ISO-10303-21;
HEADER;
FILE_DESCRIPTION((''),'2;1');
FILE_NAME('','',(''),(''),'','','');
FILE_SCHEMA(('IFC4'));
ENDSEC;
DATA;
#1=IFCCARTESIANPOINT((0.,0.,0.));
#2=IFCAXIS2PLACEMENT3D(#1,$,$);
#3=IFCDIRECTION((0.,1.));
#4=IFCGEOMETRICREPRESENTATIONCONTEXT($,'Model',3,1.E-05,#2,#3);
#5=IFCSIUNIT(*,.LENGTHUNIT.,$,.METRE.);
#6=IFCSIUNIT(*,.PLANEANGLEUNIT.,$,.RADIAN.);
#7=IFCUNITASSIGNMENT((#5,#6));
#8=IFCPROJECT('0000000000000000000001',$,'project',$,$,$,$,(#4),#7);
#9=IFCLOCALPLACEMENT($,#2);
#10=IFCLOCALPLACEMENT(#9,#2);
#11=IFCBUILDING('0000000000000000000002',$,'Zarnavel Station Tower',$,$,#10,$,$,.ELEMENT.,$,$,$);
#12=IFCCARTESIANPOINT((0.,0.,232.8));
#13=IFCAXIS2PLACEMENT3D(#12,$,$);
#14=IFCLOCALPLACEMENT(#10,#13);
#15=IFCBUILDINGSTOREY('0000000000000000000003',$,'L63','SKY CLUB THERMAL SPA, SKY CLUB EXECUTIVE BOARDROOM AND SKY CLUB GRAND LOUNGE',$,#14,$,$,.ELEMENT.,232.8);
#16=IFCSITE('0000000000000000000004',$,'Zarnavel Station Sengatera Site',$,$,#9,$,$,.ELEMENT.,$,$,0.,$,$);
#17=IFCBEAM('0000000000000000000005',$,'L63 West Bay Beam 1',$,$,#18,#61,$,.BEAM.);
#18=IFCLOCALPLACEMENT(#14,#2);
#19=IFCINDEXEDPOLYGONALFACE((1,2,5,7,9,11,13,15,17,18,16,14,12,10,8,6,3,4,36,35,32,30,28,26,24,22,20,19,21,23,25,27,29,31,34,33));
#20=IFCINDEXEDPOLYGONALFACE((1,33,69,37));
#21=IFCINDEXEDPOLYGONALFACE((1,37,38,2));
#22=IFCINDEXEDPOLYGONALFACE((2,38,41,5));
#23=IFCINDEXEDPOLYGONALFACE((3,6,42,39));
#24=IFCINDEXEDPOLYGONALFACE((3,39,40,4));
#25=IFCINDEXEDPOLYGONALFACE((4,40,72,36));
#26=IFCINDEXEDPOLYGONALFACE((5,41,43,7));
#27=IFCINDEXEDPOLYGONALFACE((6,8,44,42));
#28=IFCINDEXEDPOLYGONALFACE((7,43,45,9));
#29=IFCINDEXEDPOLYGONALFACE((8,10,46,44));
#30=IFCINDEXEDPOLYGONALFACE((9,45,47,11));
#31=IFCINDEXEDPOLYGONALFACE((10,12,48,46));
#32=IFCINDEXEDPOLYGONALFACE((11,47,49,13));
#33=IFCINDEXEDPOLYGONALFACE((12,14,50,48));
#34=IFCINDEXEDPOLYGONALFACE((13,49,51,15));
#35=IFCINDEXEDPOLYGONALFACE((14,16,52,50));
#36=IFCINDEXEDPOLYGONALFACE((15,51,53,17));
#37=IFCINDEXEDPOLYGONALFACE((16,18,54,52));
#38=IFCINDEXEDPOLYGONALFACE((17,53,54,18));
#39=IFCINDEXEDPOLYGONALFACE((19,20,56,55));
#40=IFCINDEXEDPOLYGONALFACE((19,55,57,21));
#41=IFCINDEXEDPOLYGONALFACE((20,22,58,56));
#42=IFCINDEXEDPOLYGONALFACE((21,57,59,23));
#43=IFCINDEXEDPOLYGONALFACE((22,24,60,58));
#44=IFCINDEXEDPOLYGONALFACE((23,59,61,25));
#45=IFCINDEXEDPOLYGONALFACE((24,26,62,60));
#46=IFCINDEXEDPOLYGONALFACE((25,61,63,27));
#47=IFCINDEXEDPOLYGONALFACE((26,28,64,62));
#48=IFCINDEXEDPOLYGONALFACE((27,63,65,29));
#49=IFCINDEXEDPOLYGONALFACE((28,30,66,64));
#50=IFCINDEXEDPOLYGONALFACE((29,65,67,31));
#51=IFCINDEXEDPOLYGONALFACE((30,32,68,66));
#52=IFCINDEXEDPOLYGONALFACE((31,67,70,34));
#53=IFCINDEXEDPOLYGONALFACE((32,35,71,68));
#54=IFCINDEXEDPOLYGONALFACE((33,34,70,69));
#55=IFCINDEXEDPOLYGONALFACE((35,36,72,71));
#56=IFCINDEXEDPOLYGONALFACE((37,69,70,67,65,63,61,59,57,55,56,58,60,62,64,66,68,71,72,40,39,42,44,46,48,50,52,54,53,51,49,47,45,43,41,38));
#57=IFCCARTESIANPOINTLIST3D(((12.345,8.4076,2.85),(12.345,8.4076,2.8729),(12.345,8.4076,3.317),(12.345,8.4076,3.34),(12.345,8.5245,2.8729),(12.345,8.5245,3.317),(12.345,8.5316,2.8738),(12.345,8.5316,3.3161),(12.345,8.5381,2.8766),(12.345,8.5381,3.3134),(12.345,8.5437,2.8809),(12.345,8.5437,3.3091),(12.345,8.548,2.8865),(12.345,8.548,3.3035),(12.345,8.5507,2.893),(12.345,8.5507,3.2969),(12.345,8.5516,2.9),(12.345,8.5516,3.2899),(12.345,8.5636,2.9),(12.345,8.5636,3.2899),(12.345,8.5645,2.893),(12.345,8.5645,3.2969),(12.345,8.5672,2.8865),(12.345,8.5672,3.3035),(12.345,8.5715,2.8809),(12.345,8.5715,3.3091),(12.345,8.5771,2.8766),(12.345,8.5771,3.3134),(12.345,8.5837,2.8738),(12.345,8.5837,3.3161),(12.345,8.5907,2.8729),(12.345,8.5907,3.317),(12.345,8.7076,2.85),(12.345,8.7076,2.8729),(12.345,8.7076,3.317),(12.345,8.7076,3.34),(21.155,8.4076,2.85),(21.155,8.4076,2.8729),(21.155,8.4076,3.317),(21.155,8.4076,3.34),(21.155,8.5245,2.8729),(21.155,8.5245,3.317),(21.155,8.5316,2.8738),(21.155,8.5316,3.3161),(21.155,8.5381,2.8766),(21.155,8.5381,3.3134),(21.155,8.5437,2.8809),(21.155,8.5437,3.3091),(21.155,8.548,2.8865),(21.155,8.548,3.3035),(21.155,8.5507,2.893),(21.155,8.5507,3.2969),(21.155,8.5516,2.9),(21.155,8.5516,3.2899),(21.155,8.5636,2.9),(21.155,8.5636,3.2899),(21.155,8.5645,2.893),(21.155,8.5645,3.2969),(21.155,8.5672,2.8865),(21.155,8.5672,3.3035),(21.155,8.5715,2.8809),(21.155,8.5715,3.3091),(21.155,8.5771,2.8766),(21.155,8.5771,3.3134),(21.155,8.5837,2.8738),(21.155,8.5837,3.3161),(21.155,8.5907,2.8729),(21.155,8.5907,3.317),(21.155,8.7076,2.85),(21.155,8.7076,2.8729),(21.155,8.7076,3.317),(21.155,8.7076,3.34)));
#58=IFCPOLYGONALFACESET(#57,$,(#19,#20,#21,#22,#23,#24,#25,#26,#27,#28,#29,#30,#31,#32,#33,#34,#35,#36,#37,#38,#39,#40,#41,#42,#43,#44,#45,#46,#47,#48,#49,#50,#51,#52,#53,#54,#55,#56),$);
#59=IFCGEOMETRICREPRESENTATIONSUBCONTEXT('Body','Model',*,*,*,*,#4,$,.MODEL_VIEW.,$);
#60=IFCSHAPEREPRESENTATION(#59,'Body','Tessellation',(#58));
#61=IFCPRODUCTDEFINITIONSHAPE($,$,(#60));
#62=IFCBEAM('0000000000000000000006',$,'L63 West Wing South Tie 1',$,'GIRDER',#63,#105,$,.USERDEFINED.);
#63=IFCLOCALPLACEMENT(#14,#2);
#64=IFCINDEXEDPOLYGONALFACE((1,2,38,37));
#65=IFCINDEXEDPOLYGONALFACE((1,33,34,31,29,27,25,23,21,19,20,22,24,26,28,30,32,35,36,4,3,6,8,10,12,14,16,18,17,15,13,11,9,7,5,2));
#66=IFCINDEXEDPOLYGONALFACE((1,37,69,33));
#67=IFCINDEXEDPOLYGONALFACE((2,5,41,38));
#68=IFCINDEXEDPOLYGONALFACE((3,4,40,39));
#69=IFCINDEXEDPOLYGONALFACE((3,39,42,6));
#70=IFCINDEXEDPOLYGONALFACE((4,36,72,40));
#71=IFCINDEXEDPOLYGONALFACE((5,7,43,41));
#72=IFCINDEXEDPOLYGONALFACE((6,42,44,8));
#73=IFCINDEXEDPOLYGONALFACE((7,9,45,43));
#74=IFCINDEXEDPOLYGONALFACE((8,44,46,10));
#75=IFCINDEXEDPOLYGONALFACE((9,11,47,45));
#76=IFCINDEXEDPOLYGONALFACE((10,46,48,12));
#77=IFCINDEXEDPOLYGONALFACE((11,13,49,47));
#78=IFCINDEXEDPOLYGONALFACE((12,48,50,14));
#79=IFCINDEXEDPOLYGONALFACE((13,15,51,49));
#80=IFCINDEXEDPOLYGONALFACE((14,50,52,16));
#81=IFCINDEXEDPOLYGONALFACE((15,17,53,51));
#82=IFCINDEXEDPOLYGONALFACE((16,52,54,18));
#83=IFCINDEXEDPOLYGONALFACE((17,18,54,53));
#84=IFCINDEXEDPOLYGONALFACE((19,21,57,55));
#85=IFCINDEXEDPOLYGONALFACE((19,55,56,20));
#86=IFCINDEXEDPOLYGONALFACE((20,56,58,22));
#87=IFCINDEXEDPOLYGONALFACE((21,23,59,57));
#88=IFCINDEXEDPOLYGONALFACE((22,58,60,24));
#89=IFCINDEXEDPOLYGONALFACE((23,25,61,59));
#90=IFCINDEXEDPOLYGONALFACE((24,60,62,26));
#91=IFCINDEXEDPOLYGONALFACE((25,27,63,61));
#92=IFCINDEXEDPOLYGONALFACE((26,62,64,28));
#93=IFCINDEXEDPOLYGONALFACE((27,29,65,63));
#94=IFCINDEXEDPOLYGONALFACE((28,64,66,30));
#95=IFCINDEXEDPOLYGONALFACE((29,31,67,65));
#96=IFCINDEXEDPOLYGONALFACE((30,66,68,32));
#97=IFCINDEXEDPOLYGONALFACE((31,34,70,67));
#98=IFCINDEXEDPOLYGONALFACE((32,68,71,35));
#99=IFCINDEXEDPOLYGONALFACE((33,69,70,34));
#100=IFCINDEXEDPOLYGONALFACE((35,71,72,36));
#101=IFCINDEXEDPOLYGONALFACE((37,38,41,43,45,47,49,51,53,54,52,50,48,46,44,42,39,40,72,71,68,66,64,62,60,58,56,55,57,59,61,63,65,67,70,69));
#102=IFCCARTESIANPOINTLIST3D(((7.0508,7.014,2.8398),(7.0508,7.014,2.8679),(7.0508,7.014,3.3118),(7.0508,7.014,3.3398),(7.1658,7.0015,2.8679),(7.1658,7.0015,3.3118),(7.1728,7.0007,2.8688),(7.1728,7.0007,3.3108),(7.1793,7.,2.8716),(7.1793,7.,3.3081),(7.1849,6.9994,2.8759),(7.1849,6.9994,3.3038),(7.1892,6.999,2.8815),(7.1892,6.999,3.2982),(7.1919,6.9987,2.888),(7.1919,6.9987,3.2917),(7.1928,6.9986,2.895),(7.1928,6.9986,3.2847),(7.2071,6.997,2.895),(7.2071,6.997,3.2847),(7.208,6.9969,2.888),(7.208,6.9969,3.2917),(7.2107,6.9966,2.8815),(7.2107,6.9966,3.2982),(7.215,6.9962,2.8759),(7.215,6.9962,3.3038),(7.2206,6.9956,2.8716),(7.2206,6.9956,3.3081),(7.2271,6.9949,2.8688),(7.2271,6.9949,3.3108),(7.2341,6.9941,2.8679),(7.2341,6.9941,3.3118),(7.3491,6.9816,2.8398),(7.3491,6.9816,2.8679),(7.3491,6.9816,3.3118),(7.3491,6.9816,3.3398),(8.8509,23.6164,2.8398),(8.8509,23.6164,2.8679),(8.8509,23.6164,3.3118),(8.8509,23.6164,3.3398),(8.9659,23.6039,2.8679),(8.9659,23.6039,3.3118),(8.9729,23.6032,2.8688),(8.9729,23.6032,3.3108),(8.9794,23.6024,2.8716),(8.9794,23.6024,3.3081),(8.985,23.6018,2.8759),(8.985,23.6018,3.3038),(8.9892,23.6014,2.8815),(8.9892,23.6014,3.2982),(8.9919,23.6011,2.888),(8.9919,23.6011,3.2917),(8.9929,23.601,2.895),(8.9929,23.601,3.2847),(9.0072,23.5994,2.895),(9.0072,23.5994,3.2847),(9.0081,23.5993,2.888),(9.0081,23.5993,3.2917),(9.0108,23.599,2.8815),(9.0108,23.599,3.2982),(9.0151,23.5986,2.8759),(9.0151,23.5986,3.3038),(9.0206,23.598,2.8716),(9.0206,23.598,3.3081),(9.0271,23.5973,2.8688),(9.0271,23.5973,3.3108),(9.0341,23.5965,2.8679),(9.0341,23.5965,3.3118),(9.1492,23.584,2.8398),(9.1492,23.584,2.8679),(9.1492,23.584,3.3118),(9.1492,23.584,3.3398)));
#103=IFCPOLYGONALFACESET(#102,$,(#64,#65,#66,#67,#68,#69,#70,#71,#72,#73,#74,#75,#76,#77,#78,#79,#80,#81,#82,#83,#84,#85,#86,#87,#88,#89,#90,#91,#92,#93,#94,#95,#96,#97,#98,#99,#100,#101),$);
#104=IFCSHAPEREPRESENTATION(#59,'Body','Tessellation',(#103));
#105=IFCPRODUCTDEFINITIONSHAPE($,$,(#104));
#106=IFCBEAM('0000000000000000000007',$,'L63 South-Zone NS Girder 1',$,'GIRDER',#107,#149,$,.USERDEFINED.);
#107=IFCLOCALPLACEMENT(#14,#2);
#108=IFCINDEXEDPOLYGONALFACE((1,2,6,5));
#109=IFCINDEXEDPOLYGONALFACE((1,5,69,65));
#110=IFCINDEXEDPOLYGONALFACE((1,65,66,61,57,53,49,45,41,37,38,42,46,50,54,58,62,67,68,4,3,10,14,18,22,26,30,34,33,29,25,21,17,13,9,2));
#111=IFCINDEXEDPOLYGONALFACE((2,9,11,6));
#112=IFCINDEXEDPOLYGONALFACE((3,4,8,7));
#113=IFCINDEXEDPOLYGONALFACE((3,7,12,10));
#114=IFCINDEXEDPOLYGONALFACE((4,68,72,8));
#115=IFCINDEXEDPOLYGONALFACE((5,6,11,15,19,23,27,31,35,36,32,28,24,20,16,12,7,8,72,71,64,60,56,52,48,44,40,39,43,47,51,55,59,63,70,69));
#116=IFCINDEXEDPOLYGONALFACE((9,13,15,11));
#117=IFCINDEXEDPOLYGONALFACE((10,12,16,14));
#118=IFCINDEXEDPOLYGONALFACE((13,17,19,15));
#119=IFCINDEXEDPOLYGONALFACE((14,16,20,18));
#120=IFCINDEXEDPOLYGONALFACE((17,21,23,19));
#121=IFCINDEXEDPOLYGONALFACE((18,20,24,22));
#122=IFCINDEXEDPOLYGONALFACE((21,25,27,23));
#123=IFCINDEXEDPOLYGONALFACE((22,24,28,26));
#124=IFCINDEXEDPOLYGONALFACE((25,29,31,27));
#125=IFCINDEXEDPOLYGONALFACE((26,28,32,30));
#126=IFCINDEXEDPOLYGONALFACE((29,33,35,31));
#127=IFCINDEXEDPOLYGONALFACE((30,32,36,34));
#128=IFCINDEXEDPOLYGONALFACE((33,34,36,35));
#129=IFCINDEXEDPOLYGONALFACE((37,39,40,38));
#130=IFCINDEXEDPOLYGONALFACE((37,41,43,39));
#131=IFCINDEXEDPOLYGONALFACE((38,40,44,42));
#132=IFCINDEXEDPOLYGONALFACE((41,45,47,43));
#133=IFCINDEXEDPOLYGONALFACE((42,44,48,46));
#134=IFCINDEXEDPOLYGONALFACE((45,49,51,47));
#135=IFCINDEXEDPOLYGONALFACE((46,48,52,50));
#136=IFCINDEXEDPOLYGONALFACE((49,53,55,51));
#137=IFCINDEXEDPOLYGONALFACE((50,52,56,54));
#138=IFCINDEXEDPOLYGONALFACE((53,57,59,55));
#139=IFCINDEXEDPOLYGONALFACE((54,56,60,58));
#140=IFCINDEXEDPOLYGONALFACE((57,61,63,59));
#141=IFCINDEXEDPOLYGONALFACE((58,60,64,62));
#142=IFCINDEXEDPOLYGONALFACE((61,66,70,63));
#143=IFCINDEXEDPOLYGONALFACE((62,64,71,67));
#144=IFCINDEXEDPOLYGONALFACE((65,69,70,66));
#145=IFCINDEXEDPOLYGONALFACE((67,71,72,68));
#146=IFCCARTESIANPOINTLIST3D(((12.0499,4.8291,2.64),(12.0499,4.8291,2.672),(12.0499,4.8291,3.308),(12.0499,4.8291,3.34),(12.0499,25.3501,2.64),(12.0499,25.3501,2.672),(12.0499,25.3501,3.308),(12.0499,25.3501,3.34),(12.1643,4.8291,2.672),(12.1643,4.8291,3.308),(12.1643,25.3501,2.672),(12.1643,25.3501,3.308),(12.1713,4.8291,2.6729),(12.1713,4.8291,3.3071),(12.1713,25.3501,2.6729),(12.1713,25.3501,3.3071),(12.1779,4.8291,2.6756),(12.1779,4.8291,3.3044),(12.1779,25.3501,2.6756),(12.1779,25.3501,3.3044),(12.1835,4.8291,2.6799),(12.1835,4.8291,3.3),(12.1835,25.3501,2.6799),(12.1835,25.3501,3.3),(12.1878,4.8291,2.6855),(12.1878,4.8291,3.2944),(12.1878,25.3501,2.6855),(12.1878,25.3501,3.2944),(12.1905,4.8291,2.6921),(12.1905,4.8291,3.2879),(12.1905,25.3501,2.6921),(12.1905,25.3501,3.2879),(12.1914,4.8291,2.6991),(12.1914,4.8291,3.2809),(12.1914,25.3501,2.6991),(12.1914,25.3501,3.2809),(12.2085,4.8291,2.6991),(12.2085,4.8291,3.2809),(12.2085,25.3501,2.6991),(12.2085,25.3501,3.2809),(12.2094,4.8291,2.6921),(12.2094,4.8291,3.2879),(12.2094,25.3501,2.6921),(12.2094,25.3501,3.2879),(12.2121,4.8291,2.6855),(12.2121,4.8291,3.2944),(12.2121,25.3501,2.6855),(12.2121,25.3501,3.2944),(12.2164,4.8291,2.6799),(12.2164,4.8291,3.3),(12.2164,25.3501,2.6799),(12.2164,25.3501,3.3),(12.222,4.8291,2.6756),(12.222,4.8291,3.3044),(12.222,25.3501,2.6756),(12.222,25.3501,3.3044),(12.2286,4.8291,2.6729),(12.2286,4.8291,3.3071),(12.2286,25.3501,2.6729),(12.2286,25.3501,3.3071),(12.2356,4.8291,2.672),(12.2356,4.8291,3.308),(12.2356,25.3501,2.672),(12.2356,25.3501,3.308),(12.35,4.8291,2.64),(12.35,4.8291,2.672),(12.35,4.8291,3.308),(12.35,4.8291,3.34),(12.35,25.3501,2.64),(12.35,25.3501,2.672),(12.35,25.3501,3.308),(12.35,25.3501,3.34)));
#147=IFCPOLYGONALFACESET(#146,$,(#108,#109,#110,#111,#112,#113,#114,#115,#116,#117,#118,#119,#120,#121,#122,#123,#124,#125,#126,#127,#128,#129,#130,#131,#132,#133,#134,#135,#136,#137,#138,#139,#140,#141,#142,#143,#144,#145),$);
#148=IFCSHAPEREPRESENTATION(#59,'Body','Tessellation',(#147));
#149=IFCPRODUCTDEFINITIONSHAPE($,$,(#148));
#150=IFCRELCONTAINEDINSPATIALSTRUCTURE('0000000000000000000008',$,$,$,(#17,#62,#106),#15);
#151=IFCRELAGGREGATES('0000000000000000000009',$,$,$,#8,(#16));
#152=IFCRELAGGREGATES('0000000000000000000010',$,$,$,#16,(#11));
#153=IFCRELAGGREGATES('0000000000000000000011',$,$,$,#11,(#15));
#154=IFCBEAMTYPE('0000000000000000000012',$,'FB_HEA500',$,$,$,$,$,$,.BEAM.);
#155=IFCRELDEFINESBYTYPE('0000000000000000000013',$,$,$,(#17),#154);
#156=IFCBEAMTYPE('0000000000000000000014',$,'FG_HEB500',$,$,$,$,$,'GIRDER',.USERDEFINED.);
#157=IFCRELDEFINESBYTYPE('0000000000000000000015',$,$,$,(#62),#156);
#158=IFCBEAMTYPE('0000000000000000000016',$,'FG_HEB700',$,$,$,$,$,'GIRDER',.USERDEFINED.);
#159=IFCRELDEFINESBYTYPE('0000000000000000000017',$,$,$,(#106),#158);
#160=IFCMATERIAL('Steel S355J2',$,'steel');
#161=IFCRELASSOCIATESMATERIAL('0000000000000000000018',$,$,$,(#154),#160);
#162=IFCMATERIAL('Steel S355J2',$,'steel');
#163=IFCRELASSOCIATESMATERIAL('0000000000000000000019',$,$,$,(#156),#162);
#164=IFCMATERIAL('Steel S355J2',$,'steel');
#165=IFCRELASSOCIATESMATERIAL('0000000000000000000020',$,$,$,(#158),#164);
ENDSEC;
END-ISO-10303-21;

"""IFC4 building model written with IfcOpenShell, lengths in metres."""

from ifc_helpers import new_model, si_unit, direction, frame, origin, origin_2d, place, context, subcontext, project, spatial, i_section, extrude, material, material_profile, profile_set, type_object, element, save


model = new_model("IFC4")

# Units and contexts
model_context = context("Model", 3, precision=1e-05, world=origin(), true_north=direction((0.0, 1.0)))
body_context = subcontext(model_context, "Body", "Model", "MODEL_VIEW")
ifc_project = project(units=[si_unit("LENGTHUNIT", "METRE"), si_unit("PLANEANGLEUNIT", "RADIAN")], contexts=[model_context])

# Site, building, storey
site_placement = place(None, origin())
site = spatial("IfcSite", under=ifc_project, at=site_placement, Name="Zarnavel Station Sengatera Site", CompositionType="ELEMENT", RefElevation=0.0)
building_placement = place(site_placement, origin())
building = spatial("IfcBuilding", under=site, at=building_placement, Name="Zarnavel Station Tower", CompositionType="ELEMENT")
storey_placement = place(building_placement, frame((0.0, 0.0, 232.8)))
storey = spatial("IfcBuildingStorey", under=building, at=storey_placement, Name="L63", Description="SKY CLUB THERMAL SPA, SKY CLUB EXECUTIVE BOARDROOM AND SKY CLUB GRAND LOUNGE", CompositionType="ELEMENT", Elevation=232.8)

# Beams
ifc_material_1 = material(Name="Steel S355J2", Category="steel")
ifc_material_profile_1 = material_profile(ifc_material_1, i_section(OverallWidth=0.3, OverallDepth=0.49, WebThickness=0.012, FlangeThickness=0.0229, FilletRadius=0.0271, at=origin_2d()), Name="HEA500")
ifc_profile_set_1 = profile_set([ifc_material_profile_1], Name="Steel S355J2")
beam_type_1 = type_object("IfcBeamType", Name="FB_HEA500", PredefinedType="BEAM", material=ifc_profile_set_1)
beam_1_placement = place(storey_placement, frame((12.345, 8.5576, 3.095), z_axis=(1.0, 0.0, 0.0), x_axis=(0.0, 1.0, 0.0)))
element("IfcBeam", 1, at=beam_1_placement, inside=storey, type_object=beam_type_1, Name="L63 West Bay Beam 1", PredefinedType="BEAM", context=body_context, shape_type="SweptSolid", body=[
    extrude(i_section(OverallWidth=0.3, OverallDepth=0.49, WebThickness=0.012, FlangeThickness=0.0229, FilletRadius=0.0271, at=origin_2d()), origin(), (0.0, 0.0, 1.0), 8.8101),
])
ifc_material_2 = material(Name="Steel S355J2", Category="steel")
ifc_material_profile_2 = material_profile(ifc_material_2, i_section(OverallWidth=0.3, OverallDepth=0.5, WebThickness=0.0144, FlangeThickness=0.0281, FilletRadius=0.0271, at=origin_2d()), Name="HEB500")
ifc_profile_set_2 = profile_set([ifc_material_profile_2], Name="Steel S355J2")
beam_type_2 = type_object("IfcBeamType", Name="FG_HEB500", ElementType="GIRDER", PredefinedType="USERDEFINED", material=ifc_profile_set_2)
beam_2_placement = place(storey_placement, frame((7.2, 6.9978, 3.0898), z_axis=(0.10779, 0.994174, 0.0), x_axis=(-0.994174, 0.10779, 0.0)))
element("IfcBeam", 2, at=beam_2_placement, inside=storey, type_object=beam_type_2, Name="L63 West Wing South Tie 1", ObjectType="GIRDER", PredefinedType="USERDEFINED", context=body_context, shape_type="SweptSolid", body=[
    extrude(i_section(OverallWidth=0.3, OverallDepth=0.5, WebThickness=0.0144, FlangeThickness=0.0281, FilletRadius=0.0271, at=origin_2d()), origin(), (0.0, 0.0, 1.0), 16.6997),
])
ifc_material_3 = material(Name="Steel S355J2", Category="steel")
ifc_material_profile_3 = material_profile(ifc_material_3, i_section(OverallWidth=0.3, OverallDepth=0.7, WebThickness=0.0171, FlangeThickness=0.032, FilletRadius=0.0271, at=origin_2d()), Name="HEB700")
ifc_profile_set_3 = profile_set([ifc_material_profile_3], Name="Steel S355J2")
beam_type_3 = type_object("IfcBeamType", Name="FG_HEB700", ElementType="GIRDER", PredefinedType="USERDEFINED", material=ifc_profile_set_3)
beam_3_placement = place(storey_placement, frame((12.2, 4.8291, 2.99), z_axis=(0.0, 1.0, 0.0), x_axis=(-1.0, 0.0, 0.0)))
element("IfcBeam", 3, at=beam_3_placement, inside=storey, type_object=beam_type_3, Name="L63 South-Zone NS Girder 1", ObjectType="GIRDER", PredefinedType="USERDEFINED", context=body_context, shape_type="SweptSolid", body=[
    extrude(i_section(OverallWidth=0.3, OverallDepth=0.7, WebThickness=0.0171, FlangeThickness=0.032, FilletRadius=0.0271, at=origin_2d()), origin(), (0.0, 0.0, 1.0), 20.521),
])

save(model, "model.ifc")
